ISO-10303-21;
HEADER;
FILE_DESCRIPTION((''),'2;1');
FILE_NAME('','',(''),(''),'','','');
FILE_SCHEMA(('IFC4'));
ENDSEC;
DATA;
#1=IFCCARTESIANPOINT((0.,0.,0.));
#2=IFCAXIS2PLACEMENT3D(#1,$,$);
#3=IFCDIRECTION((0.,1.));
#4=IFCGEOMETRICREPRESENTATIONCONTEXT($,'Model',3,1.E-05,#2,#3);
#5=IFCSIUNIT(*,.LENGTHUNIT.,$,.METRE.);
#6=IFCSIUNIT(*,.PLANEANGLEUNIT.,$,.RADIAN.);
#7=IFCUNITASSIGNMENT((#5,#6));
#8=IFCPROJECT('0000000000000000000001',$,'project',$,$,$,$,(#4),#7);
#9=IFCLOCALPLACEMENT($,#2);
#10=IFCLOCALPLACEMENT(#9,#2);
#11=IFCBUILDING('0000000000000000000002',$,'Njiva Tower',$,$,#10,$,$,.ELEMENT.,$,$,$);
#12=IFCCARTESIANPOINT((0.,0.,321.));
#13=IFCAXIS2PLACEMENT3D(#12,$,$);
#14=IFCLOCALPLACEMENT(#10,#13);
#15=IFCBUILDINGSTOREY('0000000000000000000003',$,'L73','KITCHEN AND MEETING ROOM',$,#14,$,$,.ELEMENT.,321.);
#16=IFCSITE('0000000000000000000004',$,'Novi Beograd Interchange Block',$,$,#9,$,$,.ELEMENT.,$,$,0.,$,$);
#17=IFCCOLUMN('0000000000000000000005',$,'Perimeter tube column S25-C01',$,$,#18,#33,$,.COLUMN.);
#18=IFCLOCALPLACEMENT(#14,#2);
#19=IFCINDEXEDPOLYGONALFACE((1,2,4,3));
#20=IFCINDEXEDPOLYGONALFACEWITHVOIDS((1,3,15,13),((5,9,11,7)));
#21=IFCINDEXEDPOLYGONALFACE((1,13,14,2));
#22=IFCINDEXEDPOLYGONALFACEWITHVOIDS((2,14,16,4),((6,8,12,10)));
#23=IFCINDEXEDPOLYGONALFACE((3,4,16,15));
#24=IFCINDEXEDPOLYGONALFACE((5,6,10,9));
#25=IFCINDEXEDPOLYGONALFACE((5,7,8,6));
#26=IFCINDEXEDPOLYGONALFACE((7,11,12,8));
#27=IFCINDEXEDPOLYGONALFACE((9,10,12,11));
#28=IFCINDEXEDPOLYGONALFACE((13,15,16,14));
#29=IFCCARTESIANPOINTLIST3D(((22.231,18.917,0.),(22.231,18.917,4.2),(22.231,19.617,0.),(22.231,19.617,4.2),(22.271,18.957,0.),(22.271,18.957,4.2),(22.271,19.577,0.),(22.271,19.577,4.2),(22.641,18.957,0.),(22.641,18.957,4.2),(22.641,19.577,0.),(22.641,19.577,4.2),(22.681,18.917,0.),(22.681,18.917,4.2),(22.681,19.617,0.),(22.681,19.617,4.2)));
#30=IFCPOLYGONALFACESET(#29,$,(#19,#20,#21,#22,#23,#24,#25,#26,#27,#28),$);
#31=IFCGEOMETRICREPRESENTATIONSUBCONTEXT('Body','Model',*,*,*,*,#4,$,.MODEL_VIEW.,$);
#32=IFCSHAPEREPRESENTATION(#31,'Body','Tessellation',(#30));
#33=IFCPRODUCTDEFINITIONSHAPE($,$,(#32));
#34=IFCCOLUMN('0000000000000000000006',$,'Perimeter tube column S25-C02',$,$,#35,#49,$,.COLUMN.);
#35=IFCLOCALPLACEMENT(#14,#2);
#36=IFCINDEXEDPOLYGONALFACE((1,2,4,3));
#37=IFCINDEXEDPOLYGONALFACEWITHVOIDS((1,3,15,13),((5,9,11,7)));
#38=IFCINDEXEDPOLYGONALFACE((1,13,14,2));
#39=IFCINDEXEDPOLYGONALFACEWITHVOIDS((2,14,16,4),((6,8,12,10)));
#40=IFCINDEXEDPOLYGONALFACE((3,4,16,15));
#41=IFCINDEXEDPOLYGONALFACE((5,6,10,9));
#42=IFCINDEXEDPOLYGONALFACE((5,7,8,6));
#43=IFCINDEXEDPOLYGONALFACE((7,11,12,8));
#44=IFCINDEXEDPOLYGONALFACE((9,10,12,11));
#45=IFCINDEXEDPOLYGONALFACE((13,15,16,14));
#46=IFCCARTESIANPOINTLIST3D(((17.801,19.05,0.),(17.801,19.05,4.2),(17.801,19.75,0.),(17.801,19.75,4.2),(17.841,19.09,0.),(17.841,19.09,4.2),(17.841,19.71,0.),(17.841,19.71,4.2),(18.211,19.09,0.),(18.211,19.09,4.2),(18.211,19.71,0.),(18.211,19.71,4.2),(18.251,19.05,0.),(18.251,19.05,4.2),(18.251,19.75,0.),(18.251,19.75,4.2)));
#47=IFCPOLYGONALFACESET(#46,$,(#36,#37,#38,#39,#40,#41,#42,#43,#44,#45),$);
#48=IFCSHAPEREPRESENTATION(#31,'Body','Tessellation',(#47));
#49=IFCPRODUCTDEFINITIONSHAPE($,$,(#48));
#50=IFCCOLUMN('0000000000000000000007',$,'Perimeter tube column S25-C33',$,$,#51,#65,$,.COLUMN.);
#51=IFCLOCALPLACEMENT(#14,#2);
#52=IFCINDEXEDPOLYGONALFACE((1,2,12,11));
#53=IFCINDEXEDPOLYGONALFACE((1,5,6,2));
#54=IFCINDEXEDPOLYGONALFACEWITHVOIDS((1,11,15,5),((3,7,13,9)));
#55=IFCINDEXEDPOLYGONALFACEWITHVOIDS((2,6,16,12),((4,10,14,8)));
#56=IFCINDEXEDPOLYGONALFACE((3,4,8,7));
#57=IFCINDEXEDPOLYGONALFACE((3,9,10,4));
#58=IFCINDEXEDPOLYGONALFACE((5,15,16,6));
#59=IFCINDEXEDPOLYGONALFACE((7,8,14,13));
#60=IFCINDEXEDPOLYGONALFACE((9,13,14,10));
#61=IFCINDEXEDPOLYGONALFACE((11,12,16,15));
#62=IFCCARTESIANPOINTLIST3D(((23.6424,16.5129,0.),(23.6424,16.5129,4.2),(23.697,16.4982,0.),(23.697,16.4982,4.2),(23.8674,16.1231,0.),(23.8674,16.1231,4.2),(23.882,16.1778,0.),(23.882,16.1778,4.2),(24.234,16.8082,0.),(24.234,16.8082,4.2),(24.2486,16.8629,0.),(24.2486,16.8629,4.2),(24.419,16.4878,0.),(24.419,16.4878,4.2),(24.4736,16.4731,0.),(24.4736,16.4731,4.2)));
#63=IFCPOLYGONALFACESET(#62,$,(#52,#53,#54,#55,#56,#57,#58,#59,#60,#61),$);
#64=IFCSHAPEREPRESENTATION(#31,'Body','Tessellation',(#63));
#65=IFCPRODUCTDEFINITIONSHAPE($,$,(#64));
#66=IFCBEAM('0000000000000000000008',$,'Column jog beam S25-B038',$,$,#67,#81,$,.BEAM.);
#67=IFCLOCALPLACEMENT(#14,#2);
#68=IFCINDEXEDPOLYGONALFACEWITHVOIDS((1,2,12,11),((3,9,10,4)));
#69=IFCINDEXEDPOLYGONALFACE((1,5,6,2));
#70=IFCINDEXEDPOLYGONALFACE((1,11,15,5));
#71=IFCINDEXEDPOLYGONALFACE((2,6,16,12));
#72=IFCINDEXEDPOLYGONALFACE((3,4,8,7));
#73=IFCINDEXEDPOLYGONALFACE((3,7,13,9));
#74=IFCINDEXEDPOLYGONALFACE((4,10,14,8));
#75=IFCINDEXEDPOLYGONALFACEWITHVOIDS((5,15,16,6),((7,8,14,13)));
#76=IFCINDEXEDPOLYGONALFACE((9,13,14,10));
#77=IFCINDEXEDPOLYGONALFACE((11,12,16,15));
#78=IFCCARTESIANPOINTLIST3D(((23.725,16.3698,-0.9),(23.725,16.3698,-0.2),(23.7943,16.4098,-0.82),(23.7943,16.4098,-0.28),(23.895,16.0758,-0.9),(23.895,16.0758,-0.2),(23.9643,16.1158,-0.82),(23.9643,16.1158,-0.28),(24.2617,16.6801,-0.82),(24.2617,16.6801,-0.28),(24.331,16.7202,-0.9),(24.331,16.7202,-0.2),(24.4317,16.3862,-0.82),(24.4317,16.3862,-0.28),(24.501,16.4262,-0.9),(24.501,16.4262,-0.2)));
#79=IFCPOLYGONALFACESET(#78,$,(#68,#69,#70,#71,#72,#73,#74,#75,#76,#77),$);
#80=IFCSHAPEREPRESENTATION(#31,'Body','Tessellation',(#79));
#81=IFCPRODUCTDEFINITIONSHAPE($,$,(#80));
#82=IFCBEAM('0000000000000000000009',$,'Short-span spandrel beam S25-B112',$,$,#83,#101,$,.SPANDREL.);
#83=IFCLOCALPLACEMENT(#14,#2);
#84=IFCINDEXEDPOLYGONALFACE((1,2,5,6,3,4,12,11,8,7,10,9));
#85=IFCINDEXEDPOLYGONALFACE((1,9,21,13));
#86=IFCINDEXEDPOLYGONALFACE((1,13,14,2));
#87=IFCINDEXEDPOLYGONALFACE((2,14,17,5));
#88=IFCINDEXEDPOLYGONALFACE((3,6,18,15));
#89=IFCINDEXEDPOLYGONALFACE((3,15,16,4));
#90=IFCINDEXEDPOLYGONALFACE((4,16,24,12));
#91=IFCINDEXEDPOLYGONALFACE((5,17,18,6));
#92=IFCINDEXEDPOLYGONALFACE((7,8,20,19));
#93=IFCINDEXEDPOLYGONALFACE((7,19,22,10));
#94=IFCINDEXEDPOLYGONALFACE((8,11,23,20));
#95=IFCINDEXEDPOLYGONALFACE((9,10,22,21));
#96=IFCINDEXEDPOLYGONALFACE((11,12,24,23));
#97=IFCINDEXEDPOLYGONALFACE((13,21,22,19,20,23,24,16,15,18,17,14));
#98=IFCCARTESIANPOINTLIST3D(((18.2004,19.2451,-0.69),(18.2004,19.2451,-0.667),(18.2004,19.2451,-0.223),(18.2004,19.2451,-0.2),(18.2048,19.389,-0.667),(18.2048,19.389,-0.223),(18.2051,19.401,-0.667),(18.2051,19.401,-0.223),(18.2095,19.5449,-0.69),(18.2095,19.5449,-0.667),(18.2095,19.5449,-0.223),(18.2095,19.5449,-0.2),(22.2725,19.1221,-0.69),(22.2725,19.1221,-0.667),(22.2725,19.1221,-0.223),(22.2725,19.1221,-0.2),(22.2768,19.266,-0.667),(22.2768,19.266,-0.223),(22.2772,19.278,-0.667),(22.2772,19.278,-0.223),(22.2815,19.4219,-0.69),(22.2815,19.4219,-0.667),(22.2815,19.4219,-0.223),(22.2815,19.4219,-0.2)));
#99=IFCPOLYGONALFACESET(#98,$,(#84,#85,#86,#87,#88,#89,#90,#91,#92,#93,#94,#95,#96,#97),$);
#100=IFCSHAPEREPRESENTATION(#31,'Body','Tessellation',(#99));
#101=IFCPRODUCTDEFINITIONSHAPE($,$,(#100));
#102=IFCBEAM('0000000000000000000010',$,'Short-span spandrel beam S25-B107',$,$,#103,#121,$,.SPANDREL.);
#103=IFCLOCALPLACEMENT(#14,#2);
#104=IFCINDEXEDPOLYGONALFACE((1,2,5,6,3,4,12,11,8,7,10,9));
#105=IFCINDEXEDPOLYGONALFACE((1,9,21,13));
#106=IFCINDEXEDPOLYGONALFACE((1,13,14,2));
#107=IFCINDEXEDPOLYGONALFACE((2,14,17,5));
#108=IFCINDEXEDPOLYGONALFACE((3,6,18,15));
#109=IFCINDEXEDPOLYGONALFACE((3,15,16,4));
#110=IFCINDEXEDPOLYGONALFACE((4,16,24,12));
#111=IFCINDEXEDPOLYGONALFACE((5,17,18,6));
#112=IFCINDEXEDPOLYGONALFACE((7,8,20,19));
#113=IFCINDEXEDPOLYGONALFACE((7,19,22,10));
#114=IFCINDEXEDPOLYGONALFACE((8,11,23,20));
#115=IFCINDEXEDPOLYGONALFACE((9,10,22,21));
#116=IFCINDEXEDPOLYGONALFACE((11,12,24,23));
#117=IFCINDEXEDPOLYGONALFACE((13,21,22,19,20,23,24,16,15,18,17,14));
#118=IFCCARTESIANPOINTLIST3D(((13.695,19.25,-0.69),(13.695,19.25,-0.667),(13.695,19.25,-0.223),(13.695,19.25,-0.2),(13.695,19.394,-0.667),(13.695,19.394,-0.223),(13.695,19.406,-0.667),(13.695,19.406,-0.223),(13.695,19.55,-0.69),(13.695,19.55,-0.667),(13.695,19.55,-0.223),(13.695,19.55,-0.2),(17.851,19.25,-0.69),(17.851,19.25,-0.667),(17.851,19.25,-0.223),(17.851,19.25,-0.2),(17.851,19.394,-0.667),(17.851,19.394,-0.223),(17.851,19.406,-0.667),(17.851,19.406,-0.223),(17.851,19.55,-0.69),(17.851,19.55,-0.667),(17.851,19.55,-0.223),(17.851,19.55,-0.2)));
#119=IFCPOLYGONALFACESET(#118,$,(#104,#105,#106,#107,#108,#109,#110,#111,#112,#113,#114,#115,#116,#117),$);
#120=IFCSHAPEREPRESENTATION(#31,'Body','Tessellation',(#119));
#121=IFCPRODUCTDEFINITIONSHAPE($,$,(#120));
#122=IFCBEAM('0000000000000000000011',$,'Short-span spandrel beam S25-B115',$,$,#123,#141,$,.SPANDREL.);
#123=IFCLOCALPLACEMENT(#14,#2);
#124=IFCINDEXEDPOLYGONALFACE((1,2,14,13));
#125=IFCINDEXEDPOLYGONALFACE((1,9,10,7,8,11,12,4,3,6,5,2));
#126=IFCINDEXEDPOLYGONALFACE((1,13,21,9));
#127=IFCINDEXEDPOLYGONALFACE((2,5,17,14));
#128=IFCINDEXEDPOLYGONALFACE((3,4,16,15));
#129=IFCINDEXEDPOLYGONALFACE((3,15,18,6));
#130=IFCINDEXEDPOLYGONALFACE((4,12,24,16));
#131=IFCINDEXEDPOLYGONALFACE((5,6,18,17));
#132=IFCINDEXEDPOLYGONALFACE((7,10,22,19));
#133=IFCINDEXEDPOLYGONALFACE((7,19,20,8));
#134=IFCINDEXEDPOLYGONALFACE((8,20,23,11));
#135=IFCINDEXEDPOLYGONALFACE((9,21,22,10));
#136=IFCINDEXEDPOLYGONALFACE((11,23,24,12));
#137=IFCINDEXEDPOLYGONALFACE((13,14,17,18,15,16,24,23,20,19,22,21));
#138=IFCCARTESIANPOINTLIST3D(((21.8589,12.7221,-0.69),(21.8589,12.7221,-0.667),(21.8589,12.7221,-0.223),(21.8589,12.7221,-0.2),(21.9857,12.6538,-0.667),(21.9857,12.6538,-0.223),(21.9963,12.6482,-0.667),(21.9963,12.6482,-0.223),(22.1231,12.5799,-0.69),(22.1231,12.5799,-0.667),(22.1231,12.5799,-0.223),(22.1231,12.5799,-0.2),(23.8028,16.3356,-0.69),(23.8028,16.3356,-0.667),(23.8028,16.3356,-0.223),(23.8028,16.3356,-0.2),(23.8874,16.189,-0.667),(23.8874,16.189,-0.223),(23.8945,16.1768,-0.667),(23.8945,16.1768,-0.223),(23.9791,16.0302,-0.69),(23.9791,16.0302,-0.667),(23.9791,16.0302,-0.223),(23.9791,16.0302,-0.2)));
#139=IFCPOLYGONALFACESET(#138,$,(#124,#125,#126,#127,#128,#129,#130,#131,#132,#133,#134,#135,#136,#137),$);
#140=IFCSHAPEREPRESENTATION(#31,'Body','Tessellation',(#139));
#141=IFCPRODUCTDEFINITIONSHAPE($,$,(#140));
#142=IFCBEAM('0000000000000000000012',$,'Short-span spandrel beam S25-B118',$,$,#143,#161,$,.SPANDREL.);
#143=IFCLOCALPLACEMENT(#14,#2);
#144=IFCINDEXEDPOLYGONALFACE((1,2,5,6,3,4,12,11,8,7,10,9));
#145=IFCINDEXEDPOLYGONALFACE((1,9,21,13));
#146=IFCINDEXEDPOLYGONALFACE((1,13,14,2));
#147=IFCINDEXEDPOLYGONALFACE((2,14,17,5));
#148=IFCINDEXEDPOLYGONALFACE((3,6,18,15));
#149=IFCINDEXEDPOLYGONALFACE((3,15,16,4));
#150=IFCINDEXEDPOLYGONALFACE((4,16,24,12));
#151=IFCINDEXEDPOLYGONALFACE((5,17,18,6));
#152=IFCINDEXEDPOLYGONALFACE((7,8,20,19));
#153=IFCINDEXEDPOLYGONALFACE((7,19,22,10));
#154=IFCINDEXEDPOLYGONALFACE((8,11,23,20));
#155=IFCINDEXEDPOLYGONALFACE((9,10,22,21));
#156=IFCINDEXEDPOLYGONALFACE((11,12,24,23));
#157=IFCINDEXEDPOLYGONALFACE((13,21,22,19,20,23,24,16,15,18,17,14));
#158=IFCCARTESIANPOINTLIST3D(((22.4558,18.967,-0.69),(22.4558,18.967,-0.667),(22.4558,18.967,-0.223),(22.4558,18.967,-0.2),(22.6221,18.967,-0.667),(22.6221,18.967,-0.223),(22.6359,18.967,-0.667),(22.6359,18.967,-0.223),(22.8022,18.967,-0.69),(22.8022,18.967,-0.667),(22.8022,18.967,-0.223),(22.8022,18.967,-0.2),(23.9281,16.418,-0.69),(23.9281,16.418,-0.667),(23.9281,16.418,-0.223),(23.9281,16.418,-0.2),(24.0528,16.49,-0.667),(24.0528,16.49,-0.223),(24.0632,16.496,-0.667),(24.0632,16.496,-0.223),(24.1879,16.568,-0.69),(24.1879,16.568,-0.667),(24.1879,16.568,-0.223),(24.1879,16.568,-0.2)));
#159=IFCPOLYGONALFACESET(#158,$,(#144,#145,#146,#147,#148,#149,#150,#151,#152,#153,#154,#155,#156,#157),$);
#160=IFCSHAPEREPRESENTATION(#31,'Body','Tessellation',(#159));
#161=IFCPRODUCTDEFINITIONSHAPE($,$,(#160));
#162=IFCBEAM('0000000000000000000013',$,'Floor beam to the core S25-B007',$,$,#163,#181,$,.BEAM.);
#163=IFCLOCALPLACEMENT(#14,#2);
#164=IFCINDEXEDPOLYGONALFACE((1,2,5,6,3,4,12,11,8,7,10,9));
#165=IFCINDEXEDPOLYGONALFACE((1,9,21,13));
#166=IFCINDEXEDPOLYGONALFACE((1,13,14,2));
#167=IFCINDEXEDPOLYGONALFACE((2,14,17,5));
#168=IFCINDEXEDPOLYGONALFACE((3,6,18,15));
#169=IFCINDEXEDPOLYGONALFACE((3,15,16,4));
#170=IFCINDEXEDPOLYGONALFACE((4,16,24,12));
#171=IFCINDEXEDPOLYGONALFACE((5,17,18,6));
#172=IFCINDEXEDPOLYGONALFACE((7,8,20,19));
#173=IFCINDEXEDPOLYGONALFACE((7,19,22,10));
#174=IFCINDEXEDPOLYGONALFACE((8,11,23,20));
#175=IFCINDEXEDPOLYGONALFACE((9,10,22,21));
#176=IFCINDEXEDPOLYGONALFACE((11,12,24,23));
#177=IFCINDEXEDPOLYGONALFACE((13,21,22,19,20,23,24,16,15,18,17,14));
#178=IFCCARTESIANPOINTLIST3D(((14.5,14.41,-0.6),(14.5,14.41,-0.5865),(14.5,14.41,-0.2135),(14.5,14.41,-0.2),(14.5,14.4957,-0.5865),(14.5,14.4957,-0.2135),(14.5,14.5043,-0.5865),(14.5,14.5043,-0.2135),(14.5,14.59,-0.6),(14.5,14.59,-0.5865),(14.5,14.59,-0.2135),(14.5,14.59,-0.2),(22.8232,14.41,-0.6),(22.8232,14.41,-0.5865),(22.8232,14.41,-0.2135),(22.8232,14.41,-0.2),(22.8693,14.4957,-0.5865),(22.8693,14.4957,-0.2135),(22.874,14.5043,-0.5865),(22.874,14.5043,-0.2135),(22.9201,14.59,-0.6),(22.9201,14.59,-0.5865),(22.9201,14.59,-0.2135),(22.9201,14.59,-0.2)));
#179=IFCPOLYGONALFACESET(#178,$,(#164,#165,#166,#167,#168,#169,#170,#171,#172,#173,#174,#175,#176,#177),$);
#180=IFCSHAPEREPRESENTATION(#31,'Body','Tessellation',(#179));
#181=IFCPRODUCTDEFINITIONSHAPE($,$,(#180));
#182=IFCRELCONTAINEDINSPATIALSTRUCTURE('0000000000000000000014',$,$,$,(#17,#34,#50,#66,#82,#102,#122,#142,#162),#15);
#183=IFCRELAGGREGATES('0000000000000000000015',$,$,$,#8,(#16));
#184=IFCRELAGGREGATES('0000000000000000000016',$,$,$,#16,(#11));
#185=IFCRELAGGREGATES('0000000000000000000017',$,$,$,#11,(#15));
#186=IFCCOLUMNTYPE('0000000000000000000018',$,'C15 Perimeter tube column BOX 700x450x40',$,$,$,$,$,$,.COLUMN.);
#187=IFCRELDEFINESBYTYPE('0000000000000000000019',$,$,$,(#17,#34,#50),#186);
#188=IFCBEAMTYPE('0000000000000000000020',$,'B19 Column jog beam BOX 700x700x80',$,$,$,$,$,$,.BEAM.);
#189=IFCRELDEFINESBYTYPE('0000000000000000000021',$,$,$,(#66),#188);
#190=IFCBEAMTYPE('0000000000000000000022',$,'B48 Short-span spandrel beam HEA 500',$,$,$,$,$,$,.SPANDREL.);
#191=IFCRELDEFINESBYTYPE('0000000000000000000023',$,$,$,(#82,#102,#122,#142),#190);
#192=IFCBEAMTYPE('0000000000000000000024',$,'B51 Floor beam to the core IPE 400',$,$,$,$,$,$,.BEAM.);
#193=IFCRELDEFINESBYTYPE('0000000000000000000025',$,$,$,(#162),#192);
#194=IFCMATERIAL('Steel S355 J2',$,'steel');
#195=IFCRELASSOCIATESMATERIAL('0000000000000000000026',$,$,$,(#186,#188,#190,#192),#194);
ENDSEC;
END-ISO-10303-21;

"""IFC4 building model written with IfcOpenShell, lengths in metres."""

from ifc_helpers import new_model, si_unit, direction, frame, origin, origin_2d, place, context, subcontext, project, spatial, hollow_rectangle, i_section, extrude, clip, halfspace, material, material_profile, profile_set, type_object, element, save


model = new_model("IFC4")

# Units and contexts
model_context = context("Model", 3, precision=1e-05, world=origin(), true_north=direction((0.0, 1.0)))
body_context = subcontext(model_context, "Body", "Model", "MODEL_VIEW")
ifc_project = project(units=[si_unit("LENGTHUNIT", "METRE"), si_unit("PLANEANGLEUNIT", "RADIAN")], contexts=[model_context])

# Site, building, storey
site_placement = place(None, origin())
site = spatial("IfcSite", under=ifc_project, at=site_placement, Name="Novi Beograd Interchange Block", CompositionType="ELEMENT", RefElevation=0.0)
building_placement = place(site_placement, origin())
building = spatial("IfcBuilding", under=site, at=building_placement, Name="Njiva Tower", CompositionType="ELEMENT")
storey_placement = place(building_placement, frame((0.0, 0.0, 321.0)))
storey = spatial("IfcBuildingStorey", under=building, at=storey_placement, Name="L73", Description="KITCHEN AND MEETING ROOM", CompositionType="ELEMENT", Elevation=321.0)

# Columns
ifc_material_1 = material(Name="Steel S355 J2", Category="steel")
ifc_material_profile_1 = material_profile(ifc_material_1, hollow_rectangle(XDim=0.45, YDim=0.7, WallThickness=0.04, at=origin_2d()), Name="BOX 700x450x40")
ifc_profile_set_1 = profile_set([ifc_material_profile_1], Name="Steel S355 J2")
column_type = type_object("IfcColumnType", Name="C15 Perimeter tube column BOX 700x450x40", PredefinedType="COLUMN", material=ifc_profile_set_1)
for number, where, z_axis, x_axis, name in (
    (1, (22.456, 19.267, 0.0), (0.0, 0.0, 1.0), (-1.0, 0.0, 0.0), "Perimeter tube column S25-C01"),
    (2, (18.026, 19.4, 0.0), (0.0, 0.0, 1.0), (-1.0, 0.0, 0.0), "Perimeter tube column S25-C02"),
    (3, (24.058, 16.493, 0.0), (0.0, 0.0, 1.0), (-0.5, 0.866025, 0.0), "Perimeter tube column S25-C33"),
):
    element("IfcColumn", number, at=place(storey_placement, frame(where, z_axis=z_axis, x_axis=x_axis)), inside=storey, type_object=column_type, Name=name, PredefinedType="COLUMN", context=body_context, shape_type="SweptSolid", body=[
        extrude(hollow_rectangle(XDim=0.45, YDim=0.7, WallThickness=0.04, at=origin_2d()), origin(), (0.0, 0.0, 1.0), 4.2),
    ])

# Beams
ifc_material_profile_2 = material_profile(ifc_material_1, hollow_rectangle(XDim=0.7, YDim=0.7, WallThickness=0.08, at=origin_2d()), Name="BOX 700x700x80")
ifc_profile_set_2 = profile_set([ifc_material_profile_2], Name="Steel S355 J2")
beam_type_1 = type_object("IfcBeamType", Name="B19 Column jog beam BOX 700x700x80", PredefinedType="BEAM", material=ifc_profile_set_2)
beam_1_placement = place(storey_placement, frame((24.198, 16.251, -0.55), z_axis=(-0.500572, 0.865695, 0.0), x_axis=(-0.865695, -0.500572, 0.0)))
element("IfcBeam", 4, at=beam_1_placement, inside=storey, type_object=beam_type_1, Name="Column jog beam S25-B038", PredefinedType="BEAM", context=body_context, shape_type="SweptSolid", body=[
    extrude(hollow_rectangle(XDim=0.7, YDim=0.7, WallThickness=0.08, at=origin_2d()), origin(), (0.0, 0.0, 1.0), 0.3396),
])
ifc_material_profile_3 = material_profile(ifc_material_1, i_section(OverallWidth=0.3, OverallDepth=0.49, WebThickness=0.012, FlangeThickness=0.023, at=origin_2d()), Name="HEA 500")
ifc_profile_set_3 = profile_set([ifc_material_profile_3], Name="Steel S355 J2")
beam_type_2 = type_object("IfcBeamType", Name="B48 Short-span spandrel beam HEA 500", PredefinedType="SPANDREL", material=ifc_profile_set_3)
beam_2_placement = place(storey_placement, frame((22.277, 19.272, -0.445), z_axis=(-0.999544, 0.030193, 0.0), x_axis=(-0.030193, -0.999544, 0.0)))
element("IfcBeam", 5, at=beam_2_placement, inside=storey, type_object=beam_type_2, Name="Short-span spandrel beam S25-B112", PredefinedType="SPANDREL", context=body_context, shape_type="SweptSolid", body=[
    extrude(i_section(OverallWidth=0.3, OverallDepth=0.49, WebThickness=0.012, FlangeThickness=0.023, at=origin_2d()), origin(), (0.0, 0.0, 1.0), 4.0739),
])
beam_3_placement = place(storey_placement, frame((17.851, 19.4, -0.445), z_axis=(-1.0, 0.0, 0.0), x_axis=(0.0, -1.0, 0.0)))
element("IfcBeam", 6, at=beam_3_placement, inside=storey, type_object=beam_type_2, Name="Short-span spandrel beam S25-B107", PredefinedType="SPANDREL", context=body_context, shape_type="SweptSolid", body=[
    extrude(i_section(OverallWidth=0.3, OverallDepth=0.49, WebThickness=0.012, FlangeThickness=0.023, at=origin_2d()), origin(), (0.0, 0.0, 1.0), 4.156),
])
beam_4_placement = place(storey_placement, frame((21.991, 12.651, -0.445), z_axis=(0.473743, 0.880663, 0.0), x_axis=(-0.880663, 0.473743, 0.0)))
element("IfcBeam", 7, at=beam_4_placement, inside=storey, type_object=beam_type_2, Name="Short-span spandrel beam S25-B115", PredefinedType="SPANDREL", context=body_context, shape_type="Clipping", body=[
    clip(extrude(i_section(OverallWidth=0.3, OverallDepth=0.49, WebThickness=0.012, FlangeThickness=0.023, at=origin_2d()), origin(), (0.0, 0.0, 1.0), 4.1236), halfspace(frame((-0.0259, 0.0, 3.9945), z_axis=(-0.525807, 0.0, 0.850604), x_axis=(0.0, 1.0, 0.0)), False)),
])
beam_5_placement = place(storey_placement, frame((24.058, 16.493, -0.445), z_axis=(-0.500167, 0.865929, 0.0), x_axis=(-0.865929, -0.500167, 0.0)))
element("IfcBeam", 8, at=beam_5_placement, inside=storey, type_object=beam_type_2, Name="Short-span spandrel beam S25-B118", PredefinedType="SPANDREL", context=body_context, shape_type="Clipping", body=[
    clip(extrude(i_section(OverallWidth=0.3, OverallDepth=0.49, WebThickness=0.012, FlangeThickness=0.023, at=origin_2d()), origin(), (0.0, 0.0, 1.0), 2.964), halfspace(frame((-0.0254, 0.0, 2.8424), z_axis=(-0.500167, 0.0, 0.865929), x_axis=(0.0, 1.0, 0.0)), False)),
])
ifc_material_profile_4 = material_profile(ifc_material_1, i_section(OverallWidth=0.18, OverallDepth=0.4, WebThickness=0.0086, FlangeThickness=0.0135, at=origin_2d()), Name="IPE 400")
ifc_profile_set_4 = profile_set([ifc_material_profile_4], Name="Steel S355 J2")
beam_type_3 = type_object("IfcBeamType", Name="B51 Floor beam to the core IPE 400", PredefinedType="BEAM", material=ifc_profile_set_4)
beam_6_placement = place(storey_placement, frame((14.5, 14.5, -0.4), z_axis=(1.0, 0.0, 0.0), x_axis=(0.0, 1.0, 0.0)))
element("IfcBeam", 9, at=beam_6_placement, inside=storey, type_object=beam_type_3, Name="Floor beam to the core S25-B007", PredefinedType="BEAM", context=body_context, shape_type="Clipping", body=[
    clip(extrude(i_section(OverallWidth=0.18, OverallDepth=0.4, WebThickness=0.0086, FlangeThickness=0.0135, at=origin_2d()), origin(), (0.0, 0.0, 1.0), 8.44), halfspace(frame((-0.0237, 0.0, 8.3589), z_axis=(-0.473762, 0.0, 0.880653), x_axis=(0.0, 1.0, 0.0)), False)),
])

save(model, "model.ifc")
